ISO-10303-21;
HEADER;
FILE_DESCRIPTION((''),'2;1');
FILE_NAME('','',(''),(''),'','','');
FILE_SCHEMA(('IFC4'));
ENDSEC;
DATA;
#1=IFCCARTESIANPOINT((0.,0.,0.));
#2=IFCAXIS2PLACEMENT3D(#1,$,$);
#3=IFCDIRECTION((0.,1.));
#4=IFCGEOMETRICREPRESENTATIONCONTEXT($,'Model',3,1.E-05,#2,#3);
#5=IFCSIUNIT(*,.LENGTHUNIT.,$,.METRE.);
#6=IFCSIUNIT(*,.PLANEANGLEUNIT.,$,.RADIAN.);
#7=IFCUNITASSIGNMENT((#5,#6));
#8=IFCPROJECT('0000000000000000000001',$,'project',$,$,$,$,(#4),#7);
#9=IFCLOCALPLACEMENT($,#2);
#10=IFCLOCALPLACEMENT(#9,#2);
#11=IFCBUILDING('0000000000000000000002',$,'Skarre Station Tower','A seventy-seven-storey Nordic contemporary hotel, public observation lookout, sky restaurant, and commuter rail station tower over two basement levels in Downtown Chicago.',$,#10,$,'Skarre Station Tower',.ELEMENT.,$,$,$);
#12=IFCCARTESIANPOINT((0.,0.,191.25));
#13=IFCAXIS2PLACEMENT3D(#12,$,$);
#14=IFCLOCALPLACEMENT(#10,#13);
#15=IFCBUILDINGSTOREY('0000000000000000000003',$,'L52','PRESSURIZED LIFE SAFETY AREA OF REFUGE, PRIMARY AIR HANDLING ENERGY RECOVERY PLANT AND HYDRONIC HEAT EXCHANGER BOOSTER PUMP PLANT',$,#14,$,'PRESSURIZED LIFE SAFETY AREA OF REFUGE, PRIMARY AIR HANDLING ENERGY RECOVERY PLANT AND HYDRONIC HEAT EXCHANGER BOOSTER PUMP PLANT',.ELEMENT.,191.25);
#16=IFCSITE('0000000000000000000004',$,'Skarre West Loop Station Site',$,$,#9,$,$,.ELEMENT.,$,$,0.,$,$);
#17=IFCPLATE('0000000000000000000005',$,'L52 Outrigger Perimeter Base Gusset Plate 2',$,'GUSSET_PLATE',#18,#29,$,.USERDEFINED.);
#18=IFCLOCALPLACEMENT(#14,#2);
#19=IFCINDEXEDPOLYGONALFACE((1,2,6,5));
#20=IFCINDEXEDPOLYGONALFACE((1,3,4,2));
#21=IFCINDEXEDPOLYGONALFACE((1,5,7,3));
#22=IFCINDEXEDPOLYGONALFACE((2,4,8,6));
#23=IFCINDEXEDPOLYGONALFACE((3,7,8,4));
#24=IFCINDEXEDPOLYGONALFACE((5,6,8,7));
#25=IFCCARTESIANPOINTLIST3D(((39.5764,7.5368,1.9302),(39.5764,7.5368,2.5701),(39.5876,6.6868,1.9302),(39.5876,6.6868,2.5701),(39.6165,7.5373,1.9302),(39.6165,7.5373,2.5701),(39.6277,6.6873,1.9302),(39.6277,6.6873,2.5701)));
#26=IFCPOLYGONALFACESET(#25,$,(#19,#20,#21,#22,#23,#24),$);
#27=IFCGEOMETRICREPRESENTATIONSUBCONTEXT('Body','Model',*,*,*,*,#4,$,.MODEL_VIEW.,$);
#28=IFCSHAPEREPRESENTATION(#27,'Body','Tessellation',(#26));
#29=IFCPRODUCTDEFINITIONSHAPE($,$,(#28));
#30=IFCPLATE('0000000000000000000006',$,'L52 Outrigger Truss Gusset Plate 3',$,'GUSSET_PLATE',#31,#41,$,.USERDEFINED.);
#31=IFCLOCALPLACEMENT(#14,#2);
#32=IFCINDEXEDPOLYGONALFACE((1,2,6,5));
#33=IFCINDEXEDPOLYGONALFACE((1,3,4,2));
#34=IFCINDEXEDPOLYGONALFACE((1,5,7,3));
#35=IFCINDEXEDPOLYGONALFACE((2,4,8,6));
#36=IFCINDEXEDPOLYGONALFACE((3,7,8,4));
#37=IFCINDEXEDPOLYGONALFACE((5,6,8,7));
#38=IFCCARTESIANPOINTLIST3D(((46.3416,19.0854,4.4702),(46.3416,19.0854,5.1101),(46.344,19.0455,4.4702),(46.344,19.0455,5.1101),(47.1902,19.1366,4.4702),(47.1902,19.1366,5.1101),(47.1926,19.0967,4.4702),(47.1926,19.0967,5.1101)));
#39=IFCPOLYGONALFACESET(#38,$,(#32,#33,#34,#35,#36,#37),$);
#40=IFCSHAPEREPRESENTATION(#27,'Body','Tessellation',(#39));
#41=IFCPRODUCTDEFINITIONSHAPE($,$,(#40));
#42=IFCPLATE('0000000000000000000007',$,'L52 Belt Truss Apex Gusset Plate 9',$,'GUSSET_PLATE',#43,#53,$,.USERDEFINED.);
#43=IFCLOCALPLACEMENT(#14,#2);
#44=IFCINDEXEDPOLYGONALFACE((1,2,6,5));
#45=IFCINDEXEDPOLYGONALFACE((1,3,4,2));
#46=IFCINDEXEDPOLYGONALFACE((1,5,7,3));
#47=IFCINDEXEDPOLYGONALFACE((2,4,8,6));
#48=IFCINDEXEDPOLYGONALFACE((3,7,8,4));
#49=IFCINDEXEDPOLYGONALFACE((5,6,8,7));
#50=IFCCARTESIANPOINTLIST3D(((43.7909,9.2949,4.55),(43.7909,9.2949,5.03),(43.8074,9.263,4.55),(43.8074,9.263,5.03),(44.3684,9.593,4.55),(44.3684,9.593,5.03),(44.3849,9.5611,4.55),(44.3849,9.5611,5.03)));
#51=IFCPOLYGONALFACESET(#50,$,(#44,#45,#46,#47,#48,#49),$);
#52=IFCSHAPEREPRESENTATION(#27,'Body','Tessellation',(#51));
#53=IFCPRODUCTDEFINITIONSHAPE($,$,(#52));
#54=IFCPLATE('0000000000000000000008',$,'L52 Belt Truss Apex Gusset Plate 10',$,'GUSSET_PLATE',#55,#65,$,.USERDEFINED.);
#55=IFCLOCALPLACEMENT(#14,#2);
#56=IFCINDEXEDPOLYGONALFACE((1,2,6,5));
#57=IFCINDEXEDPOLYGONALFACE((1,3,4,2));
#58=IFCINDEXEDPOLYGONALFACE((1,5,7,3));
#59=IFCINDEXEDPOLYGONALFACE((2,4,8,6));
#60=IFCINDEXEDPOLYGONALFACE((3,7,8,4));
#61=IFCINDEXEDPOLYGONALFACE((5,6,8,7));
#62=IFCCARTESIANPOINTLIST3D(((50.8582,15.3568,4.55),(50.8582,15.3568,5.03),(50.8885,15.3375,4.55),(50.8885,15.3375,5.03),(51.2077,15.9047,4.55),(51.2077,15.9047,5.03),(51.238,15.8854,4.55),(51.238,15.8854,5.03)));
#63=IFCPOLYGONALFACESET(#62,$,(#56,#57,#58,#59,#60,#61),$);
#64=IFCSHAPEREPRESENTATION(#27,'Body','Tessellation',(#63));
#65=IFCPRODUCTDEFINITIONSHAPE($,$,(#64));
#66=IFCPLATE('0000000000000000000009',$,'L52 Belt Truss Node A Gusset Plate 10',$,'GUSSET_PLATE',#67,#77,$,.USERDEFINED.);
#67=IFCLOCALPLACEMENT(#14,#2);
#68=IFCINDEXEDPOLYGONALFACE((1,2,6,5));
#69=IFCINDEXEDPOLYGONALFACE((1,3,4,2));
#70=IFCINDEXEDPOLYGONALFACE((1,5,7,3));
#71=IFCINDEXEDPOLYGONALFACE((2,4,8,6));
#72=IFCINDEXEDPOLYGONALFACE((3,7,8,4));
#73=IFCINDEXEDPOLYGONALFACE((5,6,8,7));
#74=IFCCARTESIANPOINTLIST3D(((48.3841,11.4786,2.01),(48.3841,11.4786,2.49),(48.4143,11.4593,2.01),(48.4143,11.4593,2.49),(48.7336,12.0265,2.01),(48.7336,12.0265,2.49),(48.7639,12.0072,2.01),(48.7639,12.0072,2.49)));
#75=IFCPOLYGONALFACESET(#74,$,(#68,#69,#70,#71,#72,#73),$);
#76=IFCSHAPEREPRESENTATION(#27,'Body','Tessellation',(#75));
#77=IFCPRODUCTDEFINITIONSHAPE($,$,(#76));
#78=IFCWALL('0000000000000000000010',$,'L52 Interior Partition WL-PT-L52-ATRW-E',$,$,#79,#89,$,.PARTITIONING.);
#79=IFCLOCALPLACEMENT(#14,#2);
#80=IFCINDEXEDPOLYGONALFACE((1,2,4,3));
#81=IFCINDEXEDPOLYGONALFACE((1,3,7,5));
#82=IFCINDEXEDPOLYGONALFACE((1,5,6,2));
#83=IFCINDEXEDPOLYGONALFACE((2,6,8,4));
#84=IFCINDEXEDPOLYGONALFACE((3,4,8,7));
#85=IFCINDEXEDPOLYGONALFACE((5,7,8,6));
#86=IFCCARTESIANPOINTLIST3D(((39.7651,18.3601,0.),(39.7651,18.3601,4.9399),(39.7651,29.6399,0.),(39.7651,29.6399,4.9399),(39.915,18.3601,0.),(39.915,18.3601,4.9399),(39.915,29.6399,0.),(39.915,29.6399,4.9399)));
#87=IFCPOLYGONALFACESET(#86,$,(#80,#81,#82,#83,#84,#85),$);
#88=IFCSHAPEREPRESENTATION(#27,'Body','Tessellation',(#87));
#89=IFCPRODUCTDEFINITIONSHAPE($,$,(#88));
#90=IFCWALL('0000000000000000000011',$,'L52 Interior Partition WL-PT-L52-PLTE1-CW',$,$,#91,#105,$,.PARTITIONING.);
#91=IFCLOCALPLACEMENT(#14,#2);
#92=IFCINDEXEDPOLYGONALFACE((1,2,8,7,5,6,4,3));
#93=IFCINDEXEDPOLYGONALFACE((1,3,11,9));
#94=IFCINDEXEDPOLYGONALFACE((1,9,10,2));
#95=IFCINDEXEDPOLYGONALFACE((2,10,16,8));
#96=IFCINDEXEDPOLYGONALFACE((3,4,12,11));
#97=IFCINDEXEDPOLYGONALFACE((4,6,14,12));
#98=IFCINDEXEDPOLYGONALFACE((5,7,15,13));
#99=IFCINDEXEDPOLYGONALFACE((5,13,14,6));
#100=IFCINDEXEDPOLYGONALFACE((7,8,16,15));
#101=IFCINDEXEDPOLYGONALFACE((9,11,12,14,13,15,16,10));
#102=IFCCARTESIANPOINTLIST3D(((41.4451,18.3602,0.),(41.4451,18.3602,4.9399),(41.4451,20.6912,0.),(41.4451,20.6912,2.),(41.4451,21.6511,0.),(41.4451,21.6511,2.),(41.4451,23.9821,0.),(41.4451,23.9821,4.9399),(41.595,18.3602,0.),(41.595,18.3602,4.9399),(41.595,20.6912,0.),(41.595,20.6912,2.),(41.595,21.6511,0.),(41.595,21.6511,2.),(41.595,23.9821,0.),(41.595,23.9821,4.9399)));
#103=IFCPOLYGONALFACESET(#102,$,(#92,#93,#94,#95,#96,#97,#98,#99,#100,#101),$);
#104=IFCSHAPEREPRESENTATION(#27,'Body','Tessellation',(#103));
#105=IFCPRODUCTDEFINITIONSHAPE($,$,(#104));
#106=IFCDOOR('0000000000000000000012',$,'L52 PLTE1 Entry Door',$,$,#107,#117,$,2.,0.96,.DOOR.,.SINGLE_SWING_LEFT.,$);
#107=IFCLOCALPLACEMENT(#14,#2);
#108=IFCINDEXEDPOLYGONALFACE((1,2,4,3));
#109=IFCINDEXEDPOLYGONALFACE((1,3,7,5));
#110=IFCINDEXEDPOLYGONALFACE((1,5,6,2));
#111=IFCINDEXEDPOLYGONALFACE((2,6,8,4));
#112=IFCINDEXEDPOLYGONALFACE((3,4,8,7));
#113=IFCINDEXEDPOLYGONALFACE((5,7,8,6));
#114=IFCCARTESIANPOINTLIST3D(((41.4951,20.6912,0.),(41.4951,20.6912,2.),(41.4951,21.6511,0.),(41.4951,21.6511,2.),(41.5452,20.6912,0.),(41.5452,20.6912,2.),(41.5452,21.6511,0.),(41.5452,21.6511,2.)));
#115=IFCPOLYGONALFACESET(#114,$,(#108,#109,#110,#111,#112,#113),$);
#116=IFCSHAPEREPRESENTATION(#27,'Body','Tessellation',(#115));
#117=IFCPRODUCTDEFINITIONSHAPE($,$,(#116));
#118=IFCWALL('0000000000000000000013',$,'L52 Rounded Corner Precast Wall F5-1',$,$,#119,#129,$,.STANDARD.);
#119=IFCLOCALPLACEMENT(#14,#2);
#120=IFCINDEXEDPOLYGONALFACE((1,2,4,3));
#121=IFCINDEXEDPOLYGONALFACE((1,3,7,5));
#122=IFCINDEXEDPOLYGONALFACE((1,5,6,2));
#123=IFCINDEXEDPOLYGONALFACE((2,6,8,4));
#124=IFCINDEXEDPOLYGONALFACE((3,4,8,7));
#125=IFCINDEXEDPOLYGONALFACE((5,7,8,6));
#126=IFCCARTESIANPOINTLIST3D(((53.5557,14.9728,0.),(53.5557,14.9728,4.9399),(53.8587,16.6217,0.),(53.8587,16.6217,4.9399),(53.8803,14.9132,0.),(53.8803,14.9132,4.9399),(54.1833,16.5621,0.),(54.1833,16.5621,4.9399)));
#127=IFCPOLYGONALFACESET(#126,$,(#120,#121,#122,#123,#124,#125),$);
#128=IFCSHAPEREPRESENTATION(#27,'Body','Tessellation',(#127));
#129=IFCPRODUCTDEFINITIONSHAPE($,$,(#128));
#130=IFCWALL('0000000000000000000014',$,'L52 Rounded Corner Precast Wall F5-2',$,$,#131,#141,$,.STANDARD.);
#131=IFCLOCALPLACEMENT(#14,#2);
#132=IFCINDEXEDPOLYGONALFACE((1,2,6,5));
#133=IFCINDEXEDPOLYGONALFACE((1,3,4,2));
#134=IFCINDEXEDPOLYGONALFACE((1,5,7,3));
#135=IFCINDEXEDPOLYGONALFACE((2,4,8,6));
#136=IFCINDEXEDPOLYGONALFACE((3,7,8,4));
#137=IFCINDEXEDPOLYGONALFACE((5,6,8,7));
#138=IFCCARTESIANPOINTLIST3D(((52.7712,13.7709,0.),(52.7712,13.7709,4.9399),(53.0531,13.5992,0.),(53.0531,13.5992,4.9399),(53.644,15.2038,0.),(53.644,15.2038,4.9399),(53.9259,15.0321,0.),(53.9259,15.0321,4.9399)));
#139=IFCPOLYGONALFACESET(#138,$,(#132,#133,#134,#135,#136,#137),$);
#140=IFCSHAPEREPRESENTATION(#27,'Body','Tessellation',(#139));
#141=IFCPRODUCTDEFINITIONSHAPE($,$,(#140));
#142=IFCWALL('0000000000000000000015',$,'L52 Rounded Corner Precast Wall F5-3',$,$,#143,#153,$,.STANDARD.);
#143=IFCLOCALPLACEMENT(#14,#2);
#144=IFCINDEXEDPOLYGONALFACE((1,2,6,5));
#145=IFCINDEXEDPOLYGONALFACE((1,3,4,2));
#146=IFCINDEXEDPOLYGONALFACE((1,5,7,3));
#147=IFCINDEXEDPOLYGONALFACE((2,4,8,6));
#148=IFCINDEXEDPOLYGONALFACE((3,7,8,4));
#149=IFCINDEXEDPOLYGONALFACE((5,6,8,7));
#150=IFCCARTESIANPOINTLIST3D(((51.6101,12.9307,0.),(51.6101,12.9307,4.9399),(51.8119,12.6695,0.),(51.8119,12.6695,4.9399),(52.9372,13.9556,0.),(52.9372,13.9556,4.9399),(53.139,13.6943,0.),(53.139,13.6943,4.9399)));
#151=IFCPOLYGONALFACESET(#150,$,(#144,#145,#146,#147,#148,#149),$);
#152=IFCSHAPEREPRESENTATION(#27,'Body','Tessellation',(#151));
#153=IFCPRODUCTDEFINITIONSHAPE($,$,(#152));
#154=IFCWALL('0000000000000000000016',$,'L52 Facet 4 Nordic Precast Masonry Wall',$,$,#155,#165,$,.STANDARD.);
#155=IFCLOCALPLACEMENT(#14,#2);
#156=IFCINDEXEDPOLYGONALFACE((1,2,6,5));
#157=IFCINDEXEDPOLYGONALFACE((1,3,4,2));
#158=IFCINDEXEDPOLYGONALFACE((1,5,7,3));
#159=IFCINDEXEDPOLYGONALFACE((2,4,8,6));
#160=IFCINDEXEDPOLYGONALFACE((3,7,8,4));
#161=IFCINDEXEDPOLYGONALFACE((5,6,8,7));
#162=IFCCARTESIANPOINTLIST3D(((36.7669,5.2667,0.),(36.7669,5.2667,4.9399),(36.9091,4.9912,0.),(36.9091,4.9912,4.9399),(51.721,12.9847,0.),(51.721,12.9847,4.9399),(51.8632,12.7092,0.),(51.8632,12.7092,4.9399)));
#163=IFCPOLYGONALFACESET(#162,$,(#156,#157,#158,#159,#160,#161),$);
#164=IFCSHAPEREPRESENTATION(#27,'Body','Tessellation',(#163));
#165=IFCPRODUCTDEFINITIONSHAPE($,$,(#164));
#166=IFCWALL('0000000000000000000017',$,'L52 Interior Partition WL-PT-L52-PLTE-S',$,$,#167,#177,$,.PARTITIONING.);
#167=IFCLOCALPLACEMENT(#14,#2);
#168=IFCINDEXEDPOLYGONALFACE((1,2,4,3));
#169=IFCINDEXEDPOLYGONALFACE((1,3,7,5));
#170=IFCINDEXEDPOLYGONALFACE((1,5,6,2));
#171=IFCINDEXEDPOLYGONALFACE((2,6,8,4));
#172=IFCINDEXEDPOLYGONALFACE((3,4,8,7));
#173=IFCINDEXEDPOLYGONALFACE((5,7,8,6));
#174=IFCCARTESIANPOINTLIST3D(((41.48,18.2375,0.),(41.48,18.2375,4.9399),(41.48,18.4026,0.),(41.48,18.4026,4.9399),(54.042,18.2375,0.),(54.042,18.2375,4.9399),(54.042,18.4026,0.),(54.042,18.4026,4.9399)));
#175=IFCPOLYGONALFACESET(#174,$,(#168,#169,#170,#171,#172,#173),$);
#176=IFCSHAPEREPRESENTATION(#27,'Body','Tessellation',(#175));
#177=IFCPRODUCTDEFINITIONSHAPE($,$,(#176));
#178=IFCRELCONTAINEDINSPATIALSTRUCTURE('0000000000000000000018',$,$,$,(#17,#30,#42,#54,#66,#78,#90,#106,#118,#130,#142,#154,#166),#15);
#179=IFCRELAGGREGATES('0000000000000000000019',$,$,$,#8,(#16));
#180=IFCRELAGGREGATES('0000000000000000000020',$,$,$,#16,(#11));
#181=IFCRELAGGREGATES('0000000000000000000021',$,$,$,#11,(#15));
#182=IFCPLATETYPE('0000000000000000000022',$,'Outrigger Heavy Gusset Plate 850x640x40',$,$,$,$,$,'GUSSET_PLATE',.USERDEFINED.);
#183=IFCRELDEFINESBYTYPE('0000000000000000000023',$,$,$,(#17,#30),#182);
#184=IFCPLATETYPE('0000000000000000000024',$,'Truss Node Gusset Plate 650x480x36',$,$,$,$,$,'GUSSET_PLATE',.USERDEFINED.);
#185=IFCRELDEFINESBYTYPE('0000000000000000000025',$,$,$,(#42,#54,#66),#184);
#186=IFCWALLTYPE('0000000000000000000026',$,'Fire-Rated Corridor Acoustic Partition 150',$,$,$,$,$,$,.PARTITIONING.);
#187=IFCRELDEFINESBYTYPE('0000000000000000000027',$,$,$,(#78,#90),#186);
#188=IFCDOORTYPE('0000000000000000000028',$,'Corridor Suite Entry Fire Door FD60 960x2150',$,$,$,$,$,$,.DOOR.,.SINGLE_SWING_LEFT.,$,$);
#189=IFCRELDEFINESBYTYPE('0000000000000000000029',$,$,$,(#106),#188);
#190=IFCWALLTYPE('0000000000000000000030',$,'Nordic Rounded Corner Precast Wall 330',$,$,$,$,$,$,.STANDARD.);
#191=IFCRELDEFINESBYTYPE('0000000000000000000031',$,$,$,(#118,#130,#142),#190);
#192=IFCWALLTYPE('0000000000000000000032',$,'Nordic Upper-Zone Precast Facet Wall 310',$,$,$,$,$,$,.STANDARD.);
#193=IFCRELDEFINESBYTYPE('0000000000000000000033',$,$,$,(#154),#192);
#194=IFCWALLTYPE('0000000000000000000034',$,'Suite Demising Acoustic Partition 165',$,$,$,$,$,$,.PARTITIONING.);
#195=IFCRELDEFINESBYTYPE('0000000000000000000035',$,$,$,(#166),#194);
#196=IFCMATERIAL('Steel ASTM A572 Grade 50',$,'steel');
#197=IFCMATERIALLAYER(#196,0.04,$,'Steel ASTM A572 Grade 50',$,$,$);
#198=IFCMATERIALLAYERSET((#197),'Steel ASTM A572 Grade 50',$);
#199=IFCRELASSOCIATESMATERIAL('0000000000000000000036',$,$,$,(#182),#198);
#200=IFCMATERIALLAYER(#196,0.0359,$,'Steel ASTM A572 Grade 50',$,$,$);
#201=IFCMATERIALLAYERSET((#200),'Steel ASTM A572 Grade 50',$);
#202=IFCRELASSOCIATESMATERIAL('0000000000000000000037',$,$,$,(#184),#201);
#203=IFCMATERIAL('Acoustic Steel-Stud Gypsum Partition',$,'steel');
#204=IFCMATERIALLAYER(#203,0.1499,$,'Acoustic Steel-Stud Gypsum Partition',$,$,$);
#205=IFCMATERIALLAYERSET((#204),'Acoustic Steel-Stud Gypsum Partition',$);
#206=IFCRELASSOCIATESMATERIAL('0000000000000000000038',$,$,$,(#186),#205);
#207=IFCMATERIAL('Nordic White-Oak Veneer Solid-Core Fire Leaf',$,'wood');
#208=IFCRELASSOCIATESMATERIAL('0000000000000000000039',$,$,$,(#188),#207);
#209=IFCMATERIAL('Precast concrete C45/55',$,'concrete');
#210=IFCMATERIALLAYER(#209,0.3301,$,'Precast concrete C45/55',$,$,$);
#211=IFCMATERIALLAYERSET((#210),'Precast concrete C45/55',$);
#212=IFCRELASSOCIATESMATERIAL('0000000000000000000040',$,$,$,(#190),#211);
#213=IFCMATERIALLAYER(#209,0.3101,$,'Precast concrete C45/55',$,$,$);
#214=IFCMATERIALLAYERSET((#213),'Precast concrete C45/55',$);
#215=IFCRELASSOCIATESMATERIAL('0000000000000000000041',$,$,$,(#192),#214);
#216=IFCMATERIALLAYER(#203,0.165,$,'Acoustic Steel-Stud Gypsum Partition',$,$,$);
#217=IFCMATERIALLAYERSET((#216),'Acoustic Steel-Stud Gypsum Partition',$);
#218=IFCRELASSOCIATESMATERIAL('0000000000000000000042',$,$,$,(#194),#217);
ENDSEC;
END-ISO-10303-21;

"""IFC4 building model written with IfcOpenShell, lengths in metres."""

from ifc_helpers import new_model, si_unit, direction, frame, frame_2d, origin, origin_2d, place, context, subcontext, project, spatial, rectangle, extrude, material, layer, layer_set, type_object, element, fill, save


model = new_model("IFC4")

# Units and contexts
model_context = context("Model", 3, precision=1e-05, world=origin(), true_north=direction((0.0, 1.0)))
body_context = subcontext(model_context, "Body", "Model", "MODEL_VIEW")
ifc_project = project(units=[si_unit("LENGTHUNIT", "METRE"), si_unit("PLANEANGLEUNIT", "RADIAN")], contexts=[model_context])

# Site, building, storey
site_placement = place(None, origin())
site = spatial("IfcSite", under=ifc_project, at=site_placement, Name="Skarre West Loop Station Site", CompositionType="ELEMENT", RefElevation=0.0)
building_placement = place(site_placement, origin())
building = spatial("IfcBuilding", under=site, at=building_placement, Name="Skarre Station Tower", Description="A seventy-seven-storey Nordic contemporary hotel, public observation lookout, sky restaurant, and commuter rail station tower over two basement levels in Downtown Chicago.", LongName="Skarre Station Tower", CompositionType="ELEMENT")
storey_placement = place(building_placement, frame((0.0, 0.0, 191.25)))
storey = spatial("IfcBuildingStorey", under=building, at=storey_placement, Name="L52", Description="PRESSURIZED LIFE SAFETY AREA OF REFUGE, PRIMARY AIR HANDLING ENERGY RECOVERY PLANT AND HYDRONIC HEAT EXCHANGER BOOSTER PUMP PLANT", LongName="PRESSURIZED LIFE SAFETY AREA OF REFUGE, PRIMARY AIR HANDLING ENERGY RECOVERY PLANT AND HYDRONIC HEAT EXCHANGER BOOSTER PUMP PLANT", CompositionType="ELEMENT", Elevation=191.25)

# Plates
ifc_material_1 = material(Name="Steel ASTM A572 Grade 50", Category="steel")
ifc_layer_1 = layer(ifc_material_1, 0.04, Name="Steel ASTM A572 Grade 50")
ifc_layer_set_1 = layer_set([ifc_layer_1], Name="Steel ASTM A572 Grade 50")
plate_type_1 = type_object("IfcPlateType", Name="Outrigger Heavy Gusset Plate 850x640x40", ElementType="GUSSET_PLATE", PredefinedType="USERDEFINED", material=ifc_layer_set_1)
for number, where, z_axis, x_axis, name in (
    (1, (39.6021, 7.1121, 1.9302), (0.0, 0.0, 1.0), (0.013177, -0.999913, 0.0), "L52 Outrigger Perimeter Base Gusset Plate 2"),
    (2, (46.7671, 19.0911, 4.4702), (0.0, 0.0, 1.0), (0.998185, 0.06023, 0.0), "L52 Outrigger Truss Gusset Plate 3"),
):
    element("IfcPlate", number, at=place(storey_placement, frame(where, z_axis=z_axis, x_axis=x_axis)), inside=storey, type_object=plate_type_1, Name=name, ObjectType="GUSSET_PLATE", PredefinedType="USERDEFINED", context=body_context, shape_type="SweptSolid", body=[
        extrude(rectangle(XDim=0.8501, YDim=0.04, at=origin_2d()), origin(), (0.0, 0.0, 1.0), 0.6399),
    ])
ifc_layer_2 = layer(ifc_material_1, 0.0359, Name="Steel ASTM A572 Grade 50")
ifc_layer_set_2 = layer_set([ifc_layer_2], Name="Steel ASTM A572 Grade 50")
plate_type_2 = type_object("IfcPlateType", Name="Truss Node Gusset Plate 650x480x36", ElementType="GUSSET_PLATE", PredefinedType="USERDEFINED", material=ifc_layer_set_2)
for number, where, z_axis, x_axis, name in (
    (3, (44.0879, 9.428, 4.55), (0.0, 0.0, 1.0), (0.888609, 0.458665, 0.0), "L52 Belt Truss Apex Gusset Plate 9"),
    (4, (51.0481, 15.6211, 4.55), (0.0, 0.0, 1.0), (0.537829, 0.843054, 0.0), "L52 Belt Truss Apex Gusset Plate 10"),
    (5, (48.574, 11.7429, 2.01), (0.0, 0.0, 1.0), (0.537829, 0.843054, 0.0), "L52 Belt Truss Node A Gusset Plate 10"),
):
    element("IfcPlate", number, at=place(storey_placement, frame(where, z_axis=z_axis, x_axis=x_axis)), inside=storey, type_object=plate_type_2, Name=name, ObjectType="GUSSET_PLATE", PredefinedType="USERDEFINED", context=body_context, shape_type="SweptSolid", body=[
        extrude(rectangle(XDim=0.6499, YDim=0.0359, at=origin_2d()), origin(), (0.0, 0.0, 1.0), 0.48),
    ])

# Wall
ifc_material_2 = material(Name="Acoustic Steel-Stud Gypsum Partition", Category="steel")
ifc_layer_3 = layer(ifc_material_2, 0.1499, Name="Acoustic Steel-Stud Gypsum Partition")
ifc_layer_set_3 = layer_set([ifc_layer_3], Name="Acoustic Steel-Stud Gypsum Partition")
wall_type_1 = type_object("IfcWallType", Name="Fire-Rated Corridor Acoustic Partition 150", PredefinedType="PARTITIONING", material=ifc_layer_set_3)
wall_1_placement = place(storey_placement, frame((39.8401, 18.3601, 0.0), z_axis=(0.0, 0.0, 1.0), x_axis=(0.0, 1.0, 0.0)))
element("IfcWall", 6, at=wall_1_placement, inside=storey, type_object=wall_type_1, Name="L52 Interior Partition WL-PT-L52-ATRW-E", PredefinedType="PARTITIONING", context=body_context, shape_type="SweptSolid", body=[
    extrude(rectangle(XDim=11.2798, YDim=0.1499, at=frame_2d((5.6399, 0.0))), origin(), (0.0, 0.0, 1.0), 4.9399),
])

# Wall, opening, door
wall_2_placement = place(storey_placement, frame((41.52, 18.3601, 0.0), z_axis=(0.0, 0.0, 1.0), x_axis=(0.0, 1.0, 0.0)))
wall_2 = element("IfcWall", 7, at=wall_2_placement, inside=storey, type_object=wall_type_1, Name="L52 Interior Partition WL-PT-L52-PLTE1-CW", PredefinedType="PARTITIONING", context=body_context, shape_type="SweptSolid", body=[
    extrude(rectangle(XDim=5.6218, YDim=0.1499, at=frame_2d((2.811, 0.0))), origin(), (0.0, 0.0, 1.0), 4.9399),
])
opening_placement = place(wall_2_placement, frame((2.3311, 0.0, 0.0)))
opening = element("IfcOpeningElement", 8, at=opening_placement, cuts=wall_2, PredefinedType="OPENING", context=body_context, shape_type="SweptSolid", body=[
    extrude(rectangle(XDim=0.96, YDim=2.0, at=frame_2d((0.48, 1.0))), frame((0.0, 0.085, 0.0), z_axis=(0.0, -1.0, 0.0), x_axis=(1.0, 0.0, 0.0)), (0.0, 0.0, 1.0), 0.1699),
])
ifc_material_3 = material(Name="Nordic White-Oak Veneer Solid-Core Fire Leaf", Category="wood")
door_type = type_object("IfcDoorType", Name="Corridor Suite Entry Fire Door FD60 960x2150", OperationType="SINGLE_SWING_LEFT", PredefinedType="DOOR", material=ifc_material_3)
door_placement = place(opening_placement, origin())
door = element("IfcDoor", 9, at=door_placement, inside=storey, type_object=door_type, Name="L52 PLTE1 Entry Door", OperationType="SINGLE_SWING_LEFT", OverallHeight=2.0, OverallWidth=0.96, PredefinedType="DOOR", context=body_context, shape_type="SweptSolid", body=[
    extrude(rectangle(XDim=0.96, YDim=2.0, at=frame_2d((0.48, 1.0))), frame((0.0, 0.0249, 0.0), z_axis=(0.0, -1.0, 0.0), x_axis=(1.0, 0.0, 0.0)), (0.0, 0.0, 1.0), 0.05),
])
fill(opening, door)

# Walls
ifc_material_4 = material(Name="Precast concrete C45/55", Category="concrete")
ifc_layer_4 = layer(ifc_material_4, 0.3301, Name="Precast concrete C45/55")
ifc_layer_set_4 = layer_set([ifc_layer_4], Name="Precast concrete C45/55")
wall_type_2 = type_object("IfcWallType", Name="Nordic Rounded Corner Precast Wall 330", PredefinedType="STANDARD", material=ifc_layer_set_4)
wall_3_placement = place(storey_placement, frame((54.021, 16.592, 0.0), z_axis=(0.0, 0.0, 1.0), x_axis=(-0.180718, -0.983535, 0.0)))
element("IfcWall", 10, at=wall_3_placement, inside=storey, type_object=wall_type_2, Name="L52 Rounded Corner Precast Wall F5-1", PredefinedType="STANDARD", context=body_context, shape_type="SweptSolid", body=[
    extrude(rectangle(XDim=1.6765, YDim=0.3301, at=frame_2d((0.8384, 0.0))), origin(), (0.0, 0.0, 1.0), 4.9399),
])
wall_4_placement = place(storey_placement, frame((53.7849, 15.1179, 0.0), z_axis=(0.0, 0.0, 1.0), x_axis=(-0.520219, -0.854033, 0.0)))
element("IfcWall", 11, at=wall_4_placement, inside=storey, type_object=wall_type_2, Name="L52 Rounded Corner Precast Wall F5-2", PredefinedType="STANDARD", context=body_context, shape_type="SweptSolid", body=[
    extrude(rectangle(XDim=1.6777, YDim=0.3301, at=frame_2d((0.8389, 0.0))), origin(), (0.0, 0.0, 1.0), 4.9399),
])
wall_5_placement = place(storey_placement, frame((53.0381, 13.825, 0.0), z_axis=(0.0, 0.0, 1.0), x_axis=(-0.791464, -0.611215, 0.0)))
element("IfcWall", 12, at=wall_5_placement, inside=storey, type_object=wall_type_2, Name="L52 Rounded Corner Precast Wall F5-3", PredefinedType="STANDARD", context=body_context, shape_type="SweptSolid", body=[
    extrude(rectangle(XDim=1.6768, YDim=0.3301, at=frame_2d((0.8384, 0.0))), origin(), (0.0, 0.0, 1.0), 4.9399),
])
ifc_layer_5 = layer(ifc_material_4, 0.3101, Name="Precast concrete C45/55")
ifc_layer_set_5 = layer_set([ifc_layer_5], Name="Precast concrete C45/55")
wall_type_3 = type_object("IfcWallType", Name="Nordic Upper-Zone Precast Facet Wall 310", PredefinedType="STANDARD", material=ifc_layer_set_5)
wall_6_placement = place(storey_placement, frame((51.792, 12.8469, 0.0), z_axis=(0.0, 0.0, 1.0), x_axis=(-0.888626, -0.458632, 0.0)))
element("IfcWall", 13, at=wall_6_placement, inside=storey, type_object=wall_type_3, Name="L52 Facet 4 Nordic Precast Masonry Wall", PredefinedType="STANDARD", context=body_context, shape_type="SweptSolid", body=[
    extrude(rectangle(XDim=16.8284, YDim=0.3101, at=frame_2d((8.4141, 0.0))), origin(), (0.0, 0.0, 1.0), 4.9399),
])
ifc_layer_6 = layer(ifc_material_2, 0.165, Name="Acoustic Steel-Stud Gypsum Partition")
ifc_layer_set_6 = layer_set([ifc_layer_6], Name="Acoustic Steel-Stud Gypsum Partition")
wall_type_4 = type_object("IfcWallType", Name="Suite Demising Acoustic Partition 165", PredefinedType="PARTITIONING", material=ifc_layer_set_6)
wall_7_placement = place(storey_placement, frame((41.48, 18.3201, 0.0), z_axis=(0.0, 0.0, 1.0), x_axis=(1.0, 0.0, 0.0)))
element("IfcWall", 14, at=wall_7_placement, inside=storey, type_object=wall_type_4, Name="L52 Interior Partition WL-PT-L52-PLTE-S", PredefinedType="PARTITIONING", context=body_context, shape_type="SweptSolid", body=[
    extrude(rectangle(XDim=12.562, YDim=0.165, at=frame_2d((6.281, 0.0))), origin(), (0.0, 0.0, 1.0), 4.9399),
])

save(model, "model.ifc")
